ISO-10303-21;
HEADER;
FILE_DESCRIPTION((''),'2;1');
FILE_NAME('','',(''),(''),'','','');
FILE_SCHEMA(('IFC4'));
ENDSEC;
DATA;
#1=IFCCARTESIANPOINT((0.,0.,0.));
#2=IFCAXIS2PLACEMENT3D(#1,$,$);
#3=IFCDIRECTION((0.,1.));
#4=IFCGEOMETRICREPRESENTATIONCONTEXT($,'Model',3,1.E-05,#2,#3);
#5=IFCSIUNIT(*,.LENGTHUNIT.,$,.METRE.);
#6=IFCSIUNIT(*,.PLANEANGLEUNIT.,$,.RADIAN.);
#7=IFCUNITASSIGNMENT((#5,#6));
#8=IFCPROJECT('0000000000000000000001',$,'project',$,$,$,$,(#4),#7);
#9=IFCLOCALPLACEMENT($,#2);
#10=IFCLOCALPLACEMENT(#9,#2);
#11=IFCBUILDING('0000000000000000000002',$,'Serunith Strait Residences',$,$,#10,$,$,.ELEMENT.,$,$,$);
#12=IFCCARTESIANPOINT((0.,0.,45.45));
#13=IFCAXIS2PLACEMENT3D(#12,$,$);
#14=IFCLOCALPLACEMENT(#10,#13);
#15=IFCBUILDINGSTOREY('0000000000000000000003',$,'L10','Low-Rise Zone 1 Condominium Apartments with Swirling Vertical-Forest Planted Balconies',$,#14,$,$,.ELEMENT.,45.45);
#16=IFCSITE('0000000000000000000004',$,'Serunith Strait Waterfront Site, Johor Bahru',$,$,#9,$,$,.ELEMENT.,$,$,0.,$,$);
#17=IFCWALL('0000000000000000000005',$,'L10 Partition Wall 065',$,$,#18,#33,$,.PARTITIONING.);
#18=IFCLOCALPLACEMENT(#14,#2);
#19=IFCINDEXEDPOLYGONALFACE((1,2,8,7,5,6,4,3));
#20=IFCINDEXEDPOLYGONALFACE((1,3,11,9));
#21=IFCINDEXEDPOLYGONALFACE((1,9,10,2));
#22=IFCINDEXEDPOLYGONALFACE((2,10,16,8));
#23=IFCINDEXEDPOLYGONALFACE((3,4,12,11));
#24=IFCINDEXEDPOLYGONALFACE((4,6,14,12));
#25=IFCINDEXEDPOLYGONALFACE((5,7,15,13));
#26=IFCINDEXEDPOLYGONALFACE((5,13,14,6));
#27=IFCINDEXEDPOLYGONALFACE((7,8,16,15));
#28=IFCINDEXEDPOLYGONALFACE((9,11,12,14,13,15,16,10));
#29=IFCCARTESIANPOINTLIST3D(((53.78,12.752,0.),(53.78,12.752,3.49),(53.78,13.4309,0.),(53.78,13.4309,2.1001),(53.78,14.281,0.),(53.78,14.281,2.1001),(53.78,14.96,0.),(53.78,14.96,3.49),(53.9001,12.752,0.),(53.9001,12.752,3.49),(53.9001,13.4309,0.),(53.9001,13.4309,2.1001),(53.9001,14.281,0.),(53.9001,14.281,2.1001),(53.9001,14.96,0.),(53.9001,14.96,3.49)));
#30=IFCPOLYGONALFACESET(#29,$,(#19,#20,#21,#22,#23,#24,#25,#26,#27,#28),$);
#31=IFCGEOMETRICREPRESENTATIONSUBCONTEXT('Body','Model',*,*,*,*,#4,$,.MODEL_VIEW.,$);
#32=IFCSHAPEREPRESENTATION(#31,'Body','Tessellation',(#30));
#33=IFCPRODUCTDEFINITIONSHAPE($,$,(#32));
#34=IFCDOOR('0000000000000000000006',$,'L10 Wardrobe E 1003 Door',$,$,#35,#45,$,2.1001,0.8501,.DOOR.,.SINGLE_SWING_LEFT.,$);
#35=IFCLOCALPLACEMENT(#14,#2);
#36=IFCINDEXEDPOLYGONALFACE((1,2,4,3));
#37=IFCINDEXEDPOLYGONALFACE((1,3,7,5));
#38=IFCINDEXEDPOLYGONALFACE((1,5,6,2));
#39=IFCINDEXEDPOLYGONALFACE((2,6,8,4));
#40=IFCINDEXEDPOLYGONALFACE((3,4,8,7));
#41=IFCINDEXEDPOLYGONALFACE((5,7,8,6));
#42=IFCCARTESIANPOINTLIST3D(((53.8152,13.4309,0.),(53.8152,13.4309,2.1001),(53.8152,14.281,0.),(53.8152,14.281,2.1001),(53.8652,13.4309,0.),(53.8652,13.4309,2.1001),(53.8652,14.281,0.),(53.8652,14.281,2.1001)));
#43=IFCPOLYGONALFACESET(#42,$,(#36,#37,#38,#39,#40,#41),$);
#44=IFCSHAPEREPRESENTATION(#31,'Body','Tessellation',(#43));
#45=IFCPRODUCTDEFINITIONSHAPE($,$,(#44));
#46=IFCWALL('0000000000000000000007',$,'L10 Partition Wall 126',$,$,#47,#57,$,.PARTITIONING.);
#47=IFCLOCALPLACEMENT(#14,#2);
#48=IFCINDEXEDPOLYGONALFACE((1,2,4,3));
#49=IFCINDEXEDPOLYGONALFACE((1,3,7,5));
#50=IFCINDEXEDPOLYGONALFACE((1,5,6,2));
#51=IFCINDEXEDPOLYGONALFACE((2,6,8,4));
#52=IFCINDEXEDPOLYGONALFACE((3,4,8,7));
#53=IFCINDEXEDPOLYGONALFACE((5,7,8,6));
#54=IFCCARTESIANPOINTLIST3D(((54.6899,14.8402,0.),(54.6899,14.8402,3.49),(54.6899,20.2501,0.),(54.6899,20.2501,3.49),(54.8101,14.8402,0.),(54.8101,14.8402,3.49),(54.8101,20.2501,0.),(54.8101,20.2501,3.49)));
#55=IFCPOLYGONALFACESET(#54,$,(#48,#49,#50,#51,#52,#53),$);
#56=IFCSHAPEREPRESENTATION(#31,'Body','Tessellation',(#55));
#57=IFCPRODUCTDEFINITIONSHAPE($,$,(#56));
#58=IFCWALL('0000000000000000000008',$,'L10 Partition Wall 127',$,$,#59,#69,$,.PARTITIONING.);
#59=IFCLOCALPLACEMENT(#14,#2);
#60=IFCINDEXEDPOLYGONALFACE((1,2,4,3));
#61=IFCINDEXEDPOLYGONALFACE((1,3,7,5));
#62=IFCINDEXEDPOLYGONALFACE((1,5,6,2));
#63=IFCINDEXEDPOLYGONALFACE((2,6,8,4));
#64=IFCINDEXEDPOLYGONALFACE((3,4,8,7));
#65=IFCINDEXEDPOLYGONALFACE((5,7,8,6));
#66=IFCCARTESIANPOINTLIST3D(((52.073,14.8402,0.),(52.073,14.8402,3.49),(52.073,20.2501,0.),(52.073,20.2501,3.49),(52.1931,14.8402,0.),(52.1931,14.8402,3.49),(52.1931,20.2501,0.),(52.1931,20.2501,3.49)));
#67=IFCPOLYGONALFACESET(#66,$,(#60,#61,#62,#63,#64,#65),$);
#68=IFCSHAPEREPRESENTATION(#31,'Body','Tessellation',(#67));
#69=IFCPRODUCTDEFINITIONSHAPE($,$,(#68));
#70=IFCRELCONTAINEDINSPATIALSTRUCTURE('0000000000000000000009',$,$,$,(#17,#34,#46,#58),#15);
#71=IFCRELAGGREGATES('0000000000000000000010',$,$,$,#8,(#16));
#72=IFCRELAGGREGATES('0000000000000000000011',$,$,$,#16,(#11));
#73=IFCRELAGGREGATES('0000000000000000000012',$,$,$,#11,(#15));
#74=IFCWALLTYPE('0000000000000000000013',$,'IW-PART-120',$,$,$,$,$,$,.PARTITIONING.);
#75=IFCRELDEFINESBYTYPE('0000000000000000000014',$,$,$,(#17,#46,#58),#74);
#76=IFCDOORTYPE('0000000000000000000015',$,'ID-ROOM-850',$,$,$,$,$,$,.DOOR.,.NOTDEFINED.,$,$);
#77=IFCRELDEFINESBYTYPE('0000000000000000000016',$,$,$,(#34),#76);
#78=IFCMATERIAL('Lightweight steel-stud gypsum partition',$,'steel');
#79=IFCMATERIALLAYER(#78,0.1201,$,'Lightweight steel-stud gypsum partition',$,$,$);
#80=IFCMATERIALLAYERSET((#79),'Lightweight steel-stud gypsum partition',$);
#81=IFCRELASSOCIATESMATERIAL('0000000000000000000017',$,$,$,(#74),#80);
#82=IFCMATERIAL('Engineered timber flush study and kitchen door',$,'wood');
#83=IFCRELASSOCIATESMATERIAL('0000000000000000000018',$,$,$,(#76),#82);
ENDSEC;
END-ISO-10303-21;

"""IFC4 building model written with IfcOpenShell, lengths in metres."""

from ifc_helpers import new_model, si_unit, direction, frame, frame_2d, origin, place, context, subcontext, project, spatial, rectangle, extrude, source, transform, mapped, material, layer, layer_set, type_object, element, fill, save


model = new_model("IFC4")

# Units and contexts
model_context = context("Model", 3, precision=1e-05, world=origin(), true_north=direction((0.0, 1.0)))
body_context = subcontext(model_context, "Body", "Model", "MODEL_VIEW")
ifc_project = project(units=[si_unit("LENGTHUNIT", "METRE"), si_unit("PLANEANGLEUNIT", "RADIAN")], contexts=[model_context])

# Site, building, storey
site_placement = place(None, origin())
site = spatial("IfcSite", under=ifc_project, at=site_placement, Name="Serunith Strait Waterfront Site, Johor Bahru", CompositionType="ELEMENT", RefElevation=0.0)
building_placement = place(site_placement, origin())
building = spatial("IfcBuilding", under=site, at=building_placement, Name="Serunith Strait Residences", CompositionType="ELEMENT")
storey_placement = place(building_placement, frame((0.0, 0.0, 45.45)))
storey = spatial("IfcBuildingStorey", under=building, at=storey_placement, Name="L10", Description="Low-Rise Zone 1 Condominium Apartments with Swirling Vertical-Forest Planted Balconies", CompositionType="ELEMENT", Elevation=45.45)

# Shared definitions
ifc_material_1 = material(Name="Lightweight steel-stud gypsum partition", Category="steel")
ifc_layer_1 = layer(ifc_material_1, 0.1201, Name="Lightweight steel-stud gypsum partition")
ifc_layer_set_1 = layer_set([ifc_layer_1], Name="Lightweight steel-stud gypsum partition")
wall_type = type_object("IfcWallType", Name="IW-PART-120", PredefinedType="PARTITIONING", material=ifc_layer_set_1)
shared_shape_1 = source(origin(), body_context, "Body", "SweptSolid", [
    extrude(rectangle(XDim=0.8501, YDim=2.1001, at=frame_2d((0.425, 1.05))), frame((0.0, 0.0249, 0.0), z_axis=(0.0, -1.0, 0.0), x_axis=(1.0, 0.0, 0.0)), (0.0, 0.0, 1.0), 0.05),
])
ifc_material_2 = material(Name="Engineered timber flush study and kitchen door", Category="wood")
door_type_1 = type_object("IfcDoorType", Name="ID-ROOM-850", OperationType="NOTDEFINED", PredefinedType="DOOR", material=ifc_material_2)

# Wall, opening, door
wall_1_placement = place(storey_placement, frame((53.8401, 12.752, 0.0), z_axis=(0.0, 0.0, 1.0), x_axis=(0.0, 1.0, 0.0)))
wall_1 = element("IfcWall", 1, at=wall_1_placement, inside=storey, type_object=wall_type, Name="L10 Partition Wall 065", PredefinedType="PARTITIONING", context=body_context, shape_type="SweptSolid", body=[
    extrude(rectangle(XDim=2.208, YDim=0.1201, at=frame_2d((1.104, 0.0))), origin(), (0.0, 0.0, 1.0), 3.49),
])
opening_1_placement = place(wall_1_placement, frame((0.679, 0.0, 0.0)))
opening_1 = element("IfcOpeningElement", 2, at=opening_1_placement, cuts=wall_1, PredefinedType="OPENING", context=body_context, shape_type="SweptSolid", body=[
    extrude(rectangle(XDim=0.8501, YDim=2.1001, at=frame_2d((0.425, 1.05))), frame((0.0, 0.0701, 0.0), z_axis=(0.0, -1.0, 0.0), x_axis=(1.0, 0.0, 0.0)), (0.0, 0.0, 1.0), 0.1401),
])
door_1_placement = place(opening_1_placement, origin())
door_1 = element("IfcDoor", 3, at=door_1_placement, inside=storey, type_object=door_type_1, Name="L10 Wardrobe E 1003 Door", OperationType="SINGLE_SWING_LEFT", OverallHeight=2.1001, OverallWidth=0.8501, PredefinedType="DOOR", context=body_context, shape_type="MappedRepresentation", body=[
    mapped(shared_shape_1, transform((0.0, 0.0, 0.0), scale=1.0)),
])
fill(opening_1, door_1)

# Walls
for number, where, z_axis, x_axis, name in (
    (4, (54.75, 14.8401, 0.0), (0.0, 0.0, 1.0), (0.0, 1.0, 0.0), "L10 Partition Wall 126"),
    (5, (52.1331, 14.8401, 0.0), (0.0, 0.0, 1.0), (0.0, 1.0, 0.0), "L10 Partition Wall 127"),
):
    element("IfcWall", number, at=place(storey_placement, frame(where, z_axis=z_axis, x_axis=x_axis)), inside=storey, type_object=wall_type, Name=name, PredefinedType="PARTITIONING", context=body_context, shape_type="SweptSolid", body=[
        extrude(rectangle(XDim=5.4099, YDim=0.1201, at=frame_2d((2.7051, 0.0))), origin(), (0.0, 0.0, 1.0), 3.49),
    ])

save(model, "model.ifc")
